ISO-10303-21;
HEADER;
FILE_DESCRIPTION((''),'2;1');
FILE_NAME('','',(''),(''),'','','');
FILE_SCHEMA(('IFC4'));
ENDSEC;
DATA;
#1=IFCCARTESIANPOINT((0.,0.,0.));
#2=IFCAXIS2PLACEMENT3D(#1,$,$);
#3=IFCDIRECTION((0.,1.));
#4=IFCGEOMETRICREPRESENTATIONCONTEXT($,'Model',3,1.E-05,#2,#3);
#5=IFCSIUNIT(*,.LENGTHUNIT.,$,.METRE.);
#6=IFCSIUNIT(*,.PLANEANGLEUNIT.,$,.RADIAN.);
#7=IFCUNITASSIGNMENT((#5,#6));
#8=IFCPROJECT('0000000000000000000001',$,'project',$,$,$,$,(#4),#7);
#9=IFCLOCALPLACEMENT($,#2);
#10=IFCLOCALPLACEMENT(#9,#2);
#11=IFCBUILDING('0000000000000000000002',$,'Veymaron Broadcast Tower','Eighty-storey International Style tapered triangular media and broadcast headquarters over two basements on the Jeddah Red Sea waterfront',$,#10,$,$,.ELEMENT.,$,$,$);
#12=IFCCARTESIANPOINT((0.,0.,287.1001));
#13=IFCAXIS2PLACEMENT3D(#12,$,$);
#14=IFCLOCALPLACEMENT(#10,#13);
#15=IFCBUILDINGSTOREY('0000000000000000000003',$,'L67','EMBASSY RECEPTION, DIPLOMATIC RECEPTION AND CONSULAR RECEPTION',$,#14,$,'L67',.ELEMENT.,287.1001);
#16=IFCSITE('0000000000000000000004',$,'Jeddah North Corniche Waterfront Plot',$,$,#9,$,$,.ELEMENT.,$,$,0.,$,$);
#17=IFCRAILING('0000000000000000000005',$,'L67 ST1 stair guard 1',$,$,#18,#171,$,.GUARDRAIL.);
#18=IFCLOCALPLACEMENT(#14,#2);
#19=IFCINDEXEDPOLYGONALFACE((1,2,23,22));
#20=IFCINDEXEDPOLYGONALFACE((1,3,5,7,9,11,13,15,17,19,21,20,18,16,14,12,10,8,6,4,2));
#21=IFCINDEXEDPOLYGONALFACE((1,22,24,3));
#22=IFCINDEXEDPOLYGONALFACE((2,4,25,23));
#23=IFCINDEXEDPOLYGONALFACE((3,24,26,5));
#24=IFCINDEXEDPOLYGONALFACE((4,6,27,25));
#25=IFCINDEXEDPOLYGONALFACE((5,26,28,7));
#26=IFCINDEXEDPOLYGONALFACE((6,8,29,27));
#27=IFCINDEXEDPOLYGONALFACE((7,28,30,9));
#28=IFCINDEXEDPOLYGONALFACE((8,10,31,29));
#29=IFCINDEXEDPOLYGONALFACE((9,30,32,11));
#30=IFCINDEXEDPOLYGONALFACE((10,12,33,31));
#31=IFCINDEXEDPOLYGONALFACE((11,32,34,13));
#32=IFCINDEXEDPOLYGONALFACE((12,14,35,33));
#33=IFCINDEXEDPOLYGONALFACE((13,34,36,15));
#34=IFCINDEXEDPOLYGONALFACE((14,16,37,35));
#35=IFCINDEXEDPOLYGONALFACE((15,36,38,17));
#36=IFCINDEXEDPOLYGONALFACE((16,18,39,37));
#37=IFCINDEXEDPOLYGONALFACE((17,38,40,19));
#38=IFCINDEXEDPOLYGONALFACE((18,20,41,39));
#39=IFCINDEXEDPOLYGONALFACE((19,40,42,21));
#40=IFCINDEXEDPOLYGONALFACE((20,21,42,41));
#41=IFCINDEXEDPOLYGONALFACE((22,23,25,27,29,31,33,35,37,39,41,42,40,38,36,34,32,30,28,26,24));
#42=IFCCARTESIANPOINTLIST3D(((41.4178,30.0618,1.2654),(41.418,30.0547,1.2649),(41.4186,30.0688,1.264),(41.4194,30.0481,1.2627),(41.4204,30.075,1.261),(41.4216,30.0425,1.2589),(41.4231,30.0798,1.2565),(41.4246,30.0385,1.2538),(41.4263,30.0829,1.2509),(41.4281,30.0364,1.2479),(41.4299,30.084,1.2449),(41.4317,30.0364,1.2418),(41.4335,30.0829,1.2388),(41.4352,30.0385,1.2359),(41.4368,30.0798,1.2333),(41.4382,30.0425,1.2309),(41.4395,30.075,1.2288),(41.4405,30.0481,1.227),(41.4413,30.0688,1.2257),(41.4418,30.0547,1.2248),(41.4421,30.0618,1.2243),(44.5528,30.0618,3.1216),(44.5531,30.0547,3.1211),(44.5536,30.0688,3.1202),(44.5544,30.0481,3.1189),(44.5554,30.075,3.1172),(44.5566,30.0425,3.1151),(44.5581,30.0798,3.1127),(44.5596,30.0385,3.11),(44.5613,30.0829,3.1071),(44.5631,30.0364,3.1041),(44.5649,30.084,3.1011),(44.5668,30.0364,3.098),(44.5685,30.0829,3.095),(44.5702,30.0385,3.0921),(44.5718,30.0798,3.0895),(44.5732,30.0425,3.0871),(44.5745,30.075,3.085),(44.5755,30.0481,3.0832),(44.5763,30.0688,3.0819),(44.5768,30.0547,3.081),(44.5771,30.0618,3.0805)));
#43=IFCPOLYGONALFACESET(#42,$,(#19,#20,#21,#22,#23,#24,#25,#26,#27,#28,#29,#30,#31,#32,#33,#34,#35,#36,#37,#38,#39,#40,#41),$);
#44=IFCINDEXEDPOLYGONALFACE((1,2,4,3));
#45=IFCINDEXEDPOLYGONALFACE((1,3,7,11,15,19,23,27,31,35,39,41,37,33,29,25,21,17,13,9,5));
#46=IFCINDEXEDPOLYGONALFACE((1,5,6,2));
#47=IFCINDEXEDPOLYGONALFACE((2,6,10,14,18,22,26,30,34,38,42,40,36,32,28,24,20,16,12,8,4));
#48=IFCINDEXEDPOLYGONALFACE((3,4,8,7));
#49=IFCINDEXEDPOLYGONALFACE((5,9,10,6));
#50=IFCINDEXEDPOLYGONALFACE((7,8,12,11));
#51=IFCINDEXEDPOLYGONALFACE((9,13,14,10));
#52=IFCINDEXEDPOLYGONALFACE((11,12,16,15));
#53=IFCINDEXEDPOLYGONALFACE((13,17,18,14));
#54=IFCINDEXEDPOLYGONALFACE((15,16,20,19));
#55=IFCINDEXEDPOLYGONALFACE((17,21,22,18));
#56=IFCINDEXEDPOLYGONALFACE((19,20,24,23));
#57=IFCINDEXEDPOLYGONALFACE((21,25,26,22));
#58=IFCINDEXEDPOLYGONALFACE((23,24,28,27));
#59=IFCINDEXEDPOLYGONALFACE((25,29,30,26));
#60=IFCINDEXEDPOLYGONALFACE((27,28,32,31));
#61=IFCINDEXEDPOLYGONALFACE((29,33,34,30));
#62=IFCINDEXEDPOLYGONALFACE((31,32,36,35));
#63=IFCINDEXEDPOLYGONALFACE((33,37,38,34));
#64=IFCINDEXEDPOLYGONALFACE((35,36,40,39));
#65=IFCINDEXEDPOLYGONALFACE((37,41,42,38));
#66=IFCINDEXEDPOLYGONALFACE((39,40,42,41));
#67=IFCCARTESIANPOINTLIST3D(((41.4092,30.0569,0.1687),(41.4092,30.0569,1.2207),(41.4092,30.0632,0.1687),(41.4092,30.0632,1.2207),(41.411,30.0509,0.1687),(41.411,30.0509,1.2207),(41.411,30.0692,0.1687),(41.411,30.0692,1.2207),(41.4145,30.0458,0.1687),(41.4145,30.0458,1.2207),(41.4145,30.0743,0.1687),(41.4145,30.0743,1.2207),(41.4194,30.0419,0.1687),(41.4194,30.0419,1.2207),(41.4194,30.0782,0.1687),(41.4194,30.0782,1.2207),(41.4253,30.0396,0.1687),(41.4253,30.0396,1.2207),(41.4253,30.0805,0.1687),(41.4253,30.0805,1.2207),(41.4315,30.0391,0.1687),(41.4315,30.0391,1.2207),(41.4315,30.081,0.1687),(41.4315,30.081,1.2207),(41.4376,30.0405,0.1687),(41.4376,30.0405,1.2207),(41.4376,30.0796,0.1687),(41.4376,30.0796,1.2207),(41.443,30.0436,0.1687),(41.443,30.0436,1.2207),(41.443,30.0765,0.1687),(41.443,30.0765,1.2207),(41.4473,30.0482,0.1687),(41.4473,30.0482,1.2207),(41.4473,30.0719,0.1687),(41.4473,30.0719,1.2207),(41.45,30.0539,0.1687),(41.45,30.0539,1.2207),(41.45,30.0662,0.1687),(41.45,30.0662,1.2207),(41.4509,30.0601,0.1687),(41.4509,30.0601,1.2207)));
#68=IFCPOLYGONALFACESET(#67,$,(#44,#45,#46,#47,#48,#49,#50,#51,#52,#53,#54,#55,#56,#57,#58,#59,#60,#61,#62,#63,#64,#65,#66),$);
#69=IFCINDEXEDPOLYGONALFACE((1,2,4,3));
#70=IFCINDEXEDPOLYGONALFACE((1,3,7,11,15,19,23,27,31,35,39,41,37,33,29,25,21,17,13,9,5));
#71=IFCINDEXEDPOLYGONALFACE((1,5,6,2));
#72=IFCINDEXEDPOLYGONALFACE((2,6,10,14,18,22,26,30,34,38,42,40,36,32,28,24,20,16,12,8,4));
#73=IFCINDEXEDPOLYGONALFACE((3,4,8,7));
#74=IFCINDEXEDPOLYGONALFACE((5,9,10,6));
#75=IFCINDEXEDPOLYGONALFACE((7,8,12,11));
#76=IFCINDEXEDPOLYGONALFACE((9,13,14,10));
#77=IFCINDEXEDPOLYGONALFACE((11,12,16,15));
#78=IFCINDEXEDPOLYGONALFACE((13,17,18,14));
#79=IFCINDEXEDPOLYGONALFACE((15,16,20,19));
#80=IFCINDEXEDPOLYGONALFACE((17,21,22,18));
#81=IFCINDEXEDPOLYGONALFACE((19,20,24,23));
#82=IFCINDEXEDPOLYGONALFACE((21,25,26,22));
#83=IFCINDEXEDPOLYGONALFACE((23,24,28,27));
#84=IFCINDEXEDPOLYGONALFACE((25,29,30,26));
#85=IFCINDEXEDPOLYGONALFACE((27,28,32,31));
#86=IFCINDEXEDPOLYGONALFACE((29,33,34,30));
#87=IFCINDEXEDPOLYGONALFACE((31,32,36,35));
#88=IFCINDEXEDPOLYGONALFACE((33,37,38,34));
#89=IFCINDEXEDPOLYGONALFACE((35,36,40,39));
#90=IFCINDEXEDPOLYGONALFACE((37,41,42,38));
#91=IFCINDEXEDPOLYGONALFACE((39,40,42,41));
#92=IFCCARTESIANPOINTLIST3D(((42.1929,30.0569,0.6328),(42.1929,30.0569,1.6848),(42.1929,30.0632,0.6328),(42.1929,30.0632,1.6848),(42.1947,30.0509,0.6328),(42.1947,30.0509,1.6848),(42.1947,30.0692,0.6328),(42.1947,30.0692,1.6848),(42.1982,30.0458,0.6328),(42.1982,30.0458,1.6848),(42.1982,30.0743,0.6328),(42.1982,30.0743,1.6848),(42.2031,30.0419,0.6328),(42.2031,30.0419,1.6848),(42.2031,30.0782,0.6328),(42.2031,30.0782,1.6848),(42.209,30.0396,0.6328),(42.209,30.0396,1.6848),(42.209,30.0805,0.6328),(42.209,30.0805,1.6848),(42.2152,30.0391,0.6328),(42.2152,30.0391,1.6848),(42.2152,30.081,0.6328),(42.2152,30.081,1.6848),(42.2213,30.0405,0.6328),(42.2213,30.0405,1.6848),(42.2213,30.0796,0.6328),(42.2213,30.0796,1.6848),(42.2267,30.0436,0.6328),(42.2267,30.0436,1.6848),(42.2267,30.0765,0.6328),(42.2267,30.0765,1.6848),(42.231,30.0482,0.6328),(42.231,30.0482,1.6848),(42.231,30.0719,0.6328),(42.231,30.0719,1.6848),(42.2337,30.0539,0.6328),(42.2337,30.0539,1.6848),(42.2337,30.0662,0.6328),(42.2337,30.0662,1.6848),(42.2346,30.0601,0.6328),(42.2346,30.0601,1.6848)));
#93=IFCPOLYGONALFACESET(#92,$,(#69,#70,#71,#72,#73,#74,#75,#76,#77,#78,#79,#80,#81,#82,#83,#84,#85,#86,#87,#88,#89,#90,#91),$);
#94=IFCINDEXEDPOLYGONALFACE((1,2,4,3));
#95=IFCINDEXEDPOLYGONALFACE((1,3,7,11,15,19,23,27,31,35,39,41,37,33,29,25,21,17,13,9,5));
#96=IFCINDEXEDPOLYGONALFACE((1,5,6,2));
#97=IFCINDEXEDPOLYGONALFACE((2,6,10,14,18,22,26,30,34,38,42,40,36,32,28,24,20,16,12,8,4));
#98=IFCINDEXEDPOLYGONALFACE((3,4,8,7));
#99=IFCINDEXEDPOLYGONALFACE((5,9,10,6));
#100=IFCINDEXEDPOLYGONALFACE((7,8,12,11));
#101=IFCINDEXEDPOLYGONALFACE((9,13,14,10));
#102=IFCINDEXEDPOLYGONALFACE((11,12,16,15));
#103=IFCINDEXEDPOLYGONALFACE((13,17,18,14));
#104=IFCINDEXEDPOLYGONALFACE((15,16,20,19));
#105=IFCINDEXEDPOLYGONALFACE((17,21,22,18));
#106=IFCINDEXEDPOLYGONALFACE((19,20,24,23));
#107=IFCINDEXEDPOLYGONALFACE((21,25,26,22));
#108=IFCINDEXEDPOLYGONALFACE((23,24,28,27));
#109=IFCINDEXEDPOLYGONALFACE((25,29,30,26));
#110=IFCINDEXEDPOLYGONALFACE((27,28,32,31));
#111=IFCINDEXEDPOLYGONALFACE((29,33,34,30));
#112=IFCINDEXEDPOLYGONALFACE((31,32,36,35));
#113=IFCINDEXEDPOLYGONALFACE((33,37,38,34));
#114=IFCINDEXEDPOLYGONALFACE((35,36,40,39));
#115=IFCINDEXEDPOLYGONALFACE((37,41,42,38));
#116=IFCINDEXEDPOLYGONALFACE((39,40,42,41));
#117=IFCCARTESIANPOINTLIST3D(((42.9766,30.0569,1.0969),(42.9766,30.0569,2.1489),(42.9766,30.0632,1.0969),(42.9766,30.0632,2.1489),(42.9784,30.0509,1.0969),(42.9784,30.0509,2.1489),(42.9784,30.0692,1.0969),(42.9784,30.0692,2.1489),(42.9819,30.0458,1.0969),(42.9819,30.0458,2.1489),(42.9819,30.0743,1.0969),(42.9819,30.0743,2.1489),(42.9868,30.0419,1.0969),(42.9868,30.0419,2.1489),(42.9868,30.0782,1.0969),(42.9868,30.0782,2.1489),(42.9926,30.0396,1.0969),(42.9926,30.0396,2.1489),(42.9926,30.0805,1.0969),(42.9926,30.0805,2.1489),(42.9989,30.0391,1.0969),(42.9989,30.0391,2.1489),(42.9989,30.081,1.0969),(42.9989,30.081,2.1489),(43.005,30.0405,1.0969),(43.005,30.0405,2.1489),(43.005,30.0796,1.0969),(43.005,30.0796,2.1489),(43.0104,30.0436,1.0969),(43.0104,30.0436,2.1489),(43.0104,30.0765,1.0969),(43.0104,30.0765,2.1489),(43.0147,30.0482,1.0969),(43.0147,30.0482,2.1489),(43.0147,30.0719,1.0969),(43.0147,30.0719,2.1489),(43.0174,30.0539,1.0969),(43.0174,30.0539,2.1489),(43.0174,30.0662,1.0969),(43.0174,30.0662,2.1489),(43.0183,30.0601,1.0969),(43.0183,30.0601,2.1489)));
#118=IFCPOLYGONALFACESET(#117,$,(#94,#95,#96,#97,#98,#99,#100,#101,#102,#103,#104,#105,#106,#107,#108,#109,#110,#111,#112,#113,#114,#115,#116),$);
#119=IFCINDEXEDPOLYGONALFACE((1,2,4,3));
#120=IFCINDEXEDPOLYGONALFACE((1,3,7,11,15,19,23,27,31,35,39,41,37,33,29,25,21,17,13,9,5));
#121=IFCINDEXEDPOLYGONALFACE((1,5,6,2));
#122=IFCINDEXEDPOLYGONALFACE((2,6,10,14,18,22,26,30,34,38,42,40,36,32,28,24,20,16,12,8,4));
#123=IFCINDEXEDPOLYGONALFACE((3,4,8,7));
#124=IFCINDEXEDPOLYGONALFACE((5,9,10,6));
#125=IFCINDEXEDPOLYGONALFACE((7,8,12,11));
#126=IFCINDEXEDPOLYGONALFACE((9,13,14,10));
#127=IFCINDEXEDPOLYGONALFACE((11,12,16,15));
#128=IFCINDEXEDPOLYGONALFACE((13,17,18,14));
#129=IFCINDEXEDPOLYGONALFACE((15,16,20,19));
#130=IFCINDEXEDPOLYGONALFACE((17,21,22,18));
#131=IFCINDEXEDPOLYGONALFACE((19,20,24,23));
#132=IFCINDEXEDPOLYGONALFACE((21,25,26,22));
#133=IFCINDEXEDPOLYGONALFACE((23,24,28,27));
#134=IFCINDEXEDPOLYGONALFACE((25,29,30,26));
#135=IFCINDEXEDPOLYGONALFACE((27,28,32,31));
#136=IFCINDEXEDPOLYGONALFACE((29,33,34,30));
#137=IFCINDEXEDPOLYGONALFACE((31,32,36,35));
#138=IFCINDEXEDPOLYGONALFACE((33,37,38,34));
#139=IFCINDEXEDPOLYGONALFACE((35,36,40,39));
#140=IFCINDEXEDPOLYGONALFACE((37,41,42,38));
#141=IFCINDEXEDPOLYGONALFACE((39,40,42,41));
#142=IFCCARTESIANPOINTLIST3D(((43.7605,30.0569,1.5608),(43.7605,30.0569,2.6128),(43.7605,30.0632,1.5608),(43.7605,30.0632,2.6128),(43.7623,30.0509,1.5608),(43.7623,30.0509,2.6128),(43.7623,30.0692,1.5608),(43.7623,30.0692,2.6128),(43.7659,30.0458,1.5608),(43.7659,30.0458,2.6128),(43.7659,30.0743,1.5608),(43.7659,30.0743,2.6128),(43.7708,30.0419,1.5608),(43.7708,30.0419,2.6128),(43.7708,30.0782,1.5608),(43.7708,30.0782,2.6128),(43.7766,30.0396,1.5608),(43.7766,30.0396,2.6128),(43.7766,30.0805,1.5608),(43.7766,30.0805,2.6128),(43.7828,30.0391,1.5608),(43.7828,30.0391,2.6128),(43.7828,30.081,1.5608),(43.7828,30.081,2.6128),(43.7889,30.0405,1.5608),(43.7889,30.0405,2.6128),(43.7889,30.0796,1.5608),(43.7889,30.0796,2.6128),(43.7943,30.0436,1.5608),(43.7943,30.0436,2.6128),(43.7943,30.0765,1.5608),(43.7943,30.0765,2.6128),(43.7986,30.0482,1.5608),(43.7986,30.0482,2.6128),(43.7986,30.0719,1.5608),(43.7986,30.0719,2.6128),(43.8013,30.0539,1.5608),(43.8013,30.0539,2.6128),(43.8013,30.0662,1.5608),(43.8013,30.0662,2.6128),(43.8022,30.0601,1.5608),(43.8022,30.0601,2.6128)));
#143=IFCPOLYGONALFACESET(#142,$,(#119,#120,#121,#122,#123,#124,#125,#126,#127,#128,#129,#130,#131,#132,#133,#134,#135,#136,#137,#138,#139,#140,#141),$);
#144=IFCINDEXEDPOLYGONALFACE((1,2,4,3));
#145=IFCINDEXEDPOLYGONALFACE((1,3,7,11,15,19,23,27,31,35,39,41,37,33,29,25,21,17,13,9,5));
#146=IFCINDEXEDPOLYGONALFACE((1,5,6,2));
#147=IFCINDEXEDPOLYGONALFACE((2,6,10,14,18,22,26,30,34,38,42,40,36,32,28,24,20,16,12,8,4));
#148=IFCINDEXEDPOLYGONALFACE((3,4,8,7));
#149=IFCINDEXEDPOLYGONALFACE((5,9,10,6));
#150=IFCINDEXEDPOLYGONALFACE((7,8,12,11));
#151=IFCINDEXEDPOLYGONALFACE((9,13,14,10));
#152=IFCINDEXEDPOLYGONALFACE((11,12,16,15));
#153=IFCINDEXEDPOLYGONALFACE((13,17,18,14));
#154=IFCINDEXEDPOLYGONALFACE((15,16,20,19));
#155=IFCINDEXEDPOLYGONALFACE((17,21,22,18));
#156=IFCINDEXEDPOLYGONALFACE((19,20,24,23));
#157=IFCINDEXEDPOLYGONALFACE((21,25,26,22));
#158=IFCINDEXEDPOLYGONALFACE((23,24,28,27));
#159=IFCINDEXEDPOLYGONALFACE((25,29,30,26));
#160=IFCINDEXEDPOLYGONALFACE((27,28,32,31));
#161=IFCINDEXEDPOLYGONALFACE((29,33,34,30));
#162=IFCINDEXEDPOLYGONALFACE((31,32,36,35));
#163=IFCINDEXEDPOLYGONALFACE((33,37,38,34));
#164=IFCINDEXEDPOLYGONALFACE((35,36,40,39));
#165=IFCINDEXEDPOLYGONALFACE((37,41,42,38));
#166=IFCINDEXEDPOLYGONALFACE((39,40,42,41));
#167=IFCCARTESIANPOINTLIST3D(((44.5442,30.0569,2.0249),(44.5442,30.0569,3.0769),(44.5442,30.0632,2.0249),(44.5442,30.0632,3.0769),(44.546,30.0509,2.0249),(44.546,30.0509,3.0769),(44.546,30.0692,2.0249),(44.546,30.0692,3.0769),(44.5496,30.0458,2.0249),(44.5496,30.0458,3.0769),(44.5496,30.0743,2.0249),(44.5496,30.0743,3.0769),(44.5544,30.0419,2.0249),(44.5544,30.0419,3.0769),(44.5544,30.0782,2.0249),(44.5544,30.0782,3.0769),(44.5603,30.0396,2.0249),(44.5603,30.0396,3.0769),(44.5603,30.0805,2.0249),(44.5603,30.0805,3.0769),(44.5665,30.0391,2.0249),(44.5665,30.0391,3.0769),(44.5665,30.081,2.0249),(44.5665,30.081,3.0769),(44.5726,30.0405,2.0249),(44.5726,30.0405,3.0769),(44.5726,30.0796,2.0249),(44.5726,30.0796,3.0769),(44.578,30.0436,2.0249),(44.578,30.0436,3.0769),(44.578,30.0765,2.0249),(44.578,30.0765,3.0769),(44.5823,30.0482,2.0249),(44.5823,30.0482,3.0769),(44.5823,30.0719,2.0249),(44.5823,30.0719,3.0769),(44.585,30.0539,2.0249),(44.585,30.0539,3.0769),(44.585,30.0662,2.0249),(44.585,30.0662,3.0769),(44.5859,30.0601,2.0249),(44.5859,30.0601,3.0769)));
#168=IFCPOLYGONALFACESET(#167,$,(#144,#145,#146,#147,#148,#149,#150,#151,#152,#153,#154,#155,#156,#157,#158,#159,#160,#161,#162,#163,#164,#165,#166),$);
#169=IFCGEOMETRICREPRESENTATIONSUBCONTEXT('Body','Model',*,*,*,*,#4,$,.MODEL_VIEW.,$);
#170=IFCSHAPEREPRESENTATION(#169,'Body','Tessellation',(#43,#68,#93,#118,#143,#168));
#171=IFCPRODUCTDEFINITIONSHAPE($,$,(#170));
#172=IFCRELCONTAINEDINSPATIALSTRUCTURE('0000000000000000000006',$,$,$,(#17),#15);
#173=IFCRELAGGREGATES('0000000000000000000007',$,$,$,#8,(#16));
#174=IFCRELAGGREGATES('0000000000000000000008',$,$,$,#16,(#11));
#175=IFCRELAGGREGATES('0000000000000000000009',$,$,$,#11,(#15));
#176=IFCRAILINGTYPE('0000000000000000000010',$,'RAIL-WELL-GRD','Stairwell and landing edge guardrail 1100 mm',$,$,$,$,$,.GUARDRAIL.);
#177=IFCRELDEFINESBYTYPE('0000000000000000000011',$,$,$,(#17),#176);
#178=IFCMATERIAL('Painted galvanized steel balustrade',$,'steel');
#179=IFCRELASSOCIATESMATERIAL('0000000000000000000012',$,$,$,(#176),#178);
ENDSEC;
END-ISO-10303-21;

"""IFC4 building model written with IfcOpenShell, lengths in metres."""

from ifc_helpers import new_model, si_unit, direction, frame, origin, origin_2d, place, context, subcontext, project, spatial, circle, extrude, material, type_object, element, save


model = new_model("IFC4")

# Units and contexts
model_context = context("Model", 3, precision=1e-05, world=origin(), true_north=direction((0.0, 1.0)))
body_context = subcontext(model_context, "Body", "Model", "MODEL_VIEW")
ifc_project = project(units=[si_unit("LENGTHUNIT", "METRE"), si_unit("PLANEANGLEUNIT", "RADIAN")], contexts=[model_context])

# Site, building, storey
site_placement = place(None, origin())
site = spatial("IfcSite", under=ifc_project, at=site_placement, Name="Jeddah North Corniche Waterfront Plot", CompositionType="ELEMENT", RefElevation=0.0)
building_placement = place(site_placement, origin())
building = spatial("IfcBuilding", under=site, at=building_placement, Name="Veymaron Broadcast Tower", Description="Eighty-storey International Style tapered triangular media and broadcast headquarters over two basements on the Jeddah Red Sea waterfront", CompositionType="ELEMENT")
storey_placement = place(building_placement, frame((0.0, 0.0, 287.1001)))
storey = spatial("IfcBuildingStorey", under=building, at=storey_placement, Name="L67", Description="EMBASSY RECEPTION, DIPLOMATIC RECEPTION AND CONSULAR RECEPTION", LongName="L67", CompositionType="ELEMENT", Elevation=287.1001)

# Railing
ifc_material_1 = material(Name="Painted galvanized steel balustrade", Category="steel")
railing_type_1 = type_object("IfcRailingType", Name="RAIL-WELL-GRD", Description="Stairwell and landing edge guardrail 1100 mm", PredefinedType="GUARDRAIL", material=ifc_material_1)
railing_1_placement = place(storey_placement, frame((41.4299, 30.0601, 0.1687)))
element("IfcRailing", 1, at=railing_1_placement, inside=storey, type_object=railing_type_1, Name="L67 ST1 stair guard 1", PredefinedType="GUARDRAIL", context=body_context, shape_type="SweptSolid", body=[
    extrude(circle(Radius=0.0239, at=origin_2d()), frame((0.0, 0.0, 1.0762), z_axis=(0.860482, 0.0, 0.509481), x_axis=(0.0, 1.0, 0.0)), (0.0, 0.0, 1.0), 3.6433),
    extrude(circle(Radius=0.021, at=origin_2d()), origin(), (0.0, 0.0, 1.0), 1.052),
    extrude(circle(Radius=0.021, at=origin_2d()), frame((0.7837, 0.0, 0.4641)), (0.0, 0.0, 1.0), 1.052),
    extrude(circle(Radius=0.021, at=origin_2d()), frame((1.5674, 0.0, 0.9282)), (0.0, 0.0, 1.0), 1.052),
    extrude(circle(Radius=0.021, at=origin_2d()), frame((2.3513, 0.0, 1.3921)), (0.0, 0.0, 1.0), 1.052),
    extrude(circle(Radius=0.021, at=origin_2d()), frame((3.135, 0.0, 1.8562)), (0.0, 0.0, 1.0), 1.052),
])

save(model, "model.ifc")
